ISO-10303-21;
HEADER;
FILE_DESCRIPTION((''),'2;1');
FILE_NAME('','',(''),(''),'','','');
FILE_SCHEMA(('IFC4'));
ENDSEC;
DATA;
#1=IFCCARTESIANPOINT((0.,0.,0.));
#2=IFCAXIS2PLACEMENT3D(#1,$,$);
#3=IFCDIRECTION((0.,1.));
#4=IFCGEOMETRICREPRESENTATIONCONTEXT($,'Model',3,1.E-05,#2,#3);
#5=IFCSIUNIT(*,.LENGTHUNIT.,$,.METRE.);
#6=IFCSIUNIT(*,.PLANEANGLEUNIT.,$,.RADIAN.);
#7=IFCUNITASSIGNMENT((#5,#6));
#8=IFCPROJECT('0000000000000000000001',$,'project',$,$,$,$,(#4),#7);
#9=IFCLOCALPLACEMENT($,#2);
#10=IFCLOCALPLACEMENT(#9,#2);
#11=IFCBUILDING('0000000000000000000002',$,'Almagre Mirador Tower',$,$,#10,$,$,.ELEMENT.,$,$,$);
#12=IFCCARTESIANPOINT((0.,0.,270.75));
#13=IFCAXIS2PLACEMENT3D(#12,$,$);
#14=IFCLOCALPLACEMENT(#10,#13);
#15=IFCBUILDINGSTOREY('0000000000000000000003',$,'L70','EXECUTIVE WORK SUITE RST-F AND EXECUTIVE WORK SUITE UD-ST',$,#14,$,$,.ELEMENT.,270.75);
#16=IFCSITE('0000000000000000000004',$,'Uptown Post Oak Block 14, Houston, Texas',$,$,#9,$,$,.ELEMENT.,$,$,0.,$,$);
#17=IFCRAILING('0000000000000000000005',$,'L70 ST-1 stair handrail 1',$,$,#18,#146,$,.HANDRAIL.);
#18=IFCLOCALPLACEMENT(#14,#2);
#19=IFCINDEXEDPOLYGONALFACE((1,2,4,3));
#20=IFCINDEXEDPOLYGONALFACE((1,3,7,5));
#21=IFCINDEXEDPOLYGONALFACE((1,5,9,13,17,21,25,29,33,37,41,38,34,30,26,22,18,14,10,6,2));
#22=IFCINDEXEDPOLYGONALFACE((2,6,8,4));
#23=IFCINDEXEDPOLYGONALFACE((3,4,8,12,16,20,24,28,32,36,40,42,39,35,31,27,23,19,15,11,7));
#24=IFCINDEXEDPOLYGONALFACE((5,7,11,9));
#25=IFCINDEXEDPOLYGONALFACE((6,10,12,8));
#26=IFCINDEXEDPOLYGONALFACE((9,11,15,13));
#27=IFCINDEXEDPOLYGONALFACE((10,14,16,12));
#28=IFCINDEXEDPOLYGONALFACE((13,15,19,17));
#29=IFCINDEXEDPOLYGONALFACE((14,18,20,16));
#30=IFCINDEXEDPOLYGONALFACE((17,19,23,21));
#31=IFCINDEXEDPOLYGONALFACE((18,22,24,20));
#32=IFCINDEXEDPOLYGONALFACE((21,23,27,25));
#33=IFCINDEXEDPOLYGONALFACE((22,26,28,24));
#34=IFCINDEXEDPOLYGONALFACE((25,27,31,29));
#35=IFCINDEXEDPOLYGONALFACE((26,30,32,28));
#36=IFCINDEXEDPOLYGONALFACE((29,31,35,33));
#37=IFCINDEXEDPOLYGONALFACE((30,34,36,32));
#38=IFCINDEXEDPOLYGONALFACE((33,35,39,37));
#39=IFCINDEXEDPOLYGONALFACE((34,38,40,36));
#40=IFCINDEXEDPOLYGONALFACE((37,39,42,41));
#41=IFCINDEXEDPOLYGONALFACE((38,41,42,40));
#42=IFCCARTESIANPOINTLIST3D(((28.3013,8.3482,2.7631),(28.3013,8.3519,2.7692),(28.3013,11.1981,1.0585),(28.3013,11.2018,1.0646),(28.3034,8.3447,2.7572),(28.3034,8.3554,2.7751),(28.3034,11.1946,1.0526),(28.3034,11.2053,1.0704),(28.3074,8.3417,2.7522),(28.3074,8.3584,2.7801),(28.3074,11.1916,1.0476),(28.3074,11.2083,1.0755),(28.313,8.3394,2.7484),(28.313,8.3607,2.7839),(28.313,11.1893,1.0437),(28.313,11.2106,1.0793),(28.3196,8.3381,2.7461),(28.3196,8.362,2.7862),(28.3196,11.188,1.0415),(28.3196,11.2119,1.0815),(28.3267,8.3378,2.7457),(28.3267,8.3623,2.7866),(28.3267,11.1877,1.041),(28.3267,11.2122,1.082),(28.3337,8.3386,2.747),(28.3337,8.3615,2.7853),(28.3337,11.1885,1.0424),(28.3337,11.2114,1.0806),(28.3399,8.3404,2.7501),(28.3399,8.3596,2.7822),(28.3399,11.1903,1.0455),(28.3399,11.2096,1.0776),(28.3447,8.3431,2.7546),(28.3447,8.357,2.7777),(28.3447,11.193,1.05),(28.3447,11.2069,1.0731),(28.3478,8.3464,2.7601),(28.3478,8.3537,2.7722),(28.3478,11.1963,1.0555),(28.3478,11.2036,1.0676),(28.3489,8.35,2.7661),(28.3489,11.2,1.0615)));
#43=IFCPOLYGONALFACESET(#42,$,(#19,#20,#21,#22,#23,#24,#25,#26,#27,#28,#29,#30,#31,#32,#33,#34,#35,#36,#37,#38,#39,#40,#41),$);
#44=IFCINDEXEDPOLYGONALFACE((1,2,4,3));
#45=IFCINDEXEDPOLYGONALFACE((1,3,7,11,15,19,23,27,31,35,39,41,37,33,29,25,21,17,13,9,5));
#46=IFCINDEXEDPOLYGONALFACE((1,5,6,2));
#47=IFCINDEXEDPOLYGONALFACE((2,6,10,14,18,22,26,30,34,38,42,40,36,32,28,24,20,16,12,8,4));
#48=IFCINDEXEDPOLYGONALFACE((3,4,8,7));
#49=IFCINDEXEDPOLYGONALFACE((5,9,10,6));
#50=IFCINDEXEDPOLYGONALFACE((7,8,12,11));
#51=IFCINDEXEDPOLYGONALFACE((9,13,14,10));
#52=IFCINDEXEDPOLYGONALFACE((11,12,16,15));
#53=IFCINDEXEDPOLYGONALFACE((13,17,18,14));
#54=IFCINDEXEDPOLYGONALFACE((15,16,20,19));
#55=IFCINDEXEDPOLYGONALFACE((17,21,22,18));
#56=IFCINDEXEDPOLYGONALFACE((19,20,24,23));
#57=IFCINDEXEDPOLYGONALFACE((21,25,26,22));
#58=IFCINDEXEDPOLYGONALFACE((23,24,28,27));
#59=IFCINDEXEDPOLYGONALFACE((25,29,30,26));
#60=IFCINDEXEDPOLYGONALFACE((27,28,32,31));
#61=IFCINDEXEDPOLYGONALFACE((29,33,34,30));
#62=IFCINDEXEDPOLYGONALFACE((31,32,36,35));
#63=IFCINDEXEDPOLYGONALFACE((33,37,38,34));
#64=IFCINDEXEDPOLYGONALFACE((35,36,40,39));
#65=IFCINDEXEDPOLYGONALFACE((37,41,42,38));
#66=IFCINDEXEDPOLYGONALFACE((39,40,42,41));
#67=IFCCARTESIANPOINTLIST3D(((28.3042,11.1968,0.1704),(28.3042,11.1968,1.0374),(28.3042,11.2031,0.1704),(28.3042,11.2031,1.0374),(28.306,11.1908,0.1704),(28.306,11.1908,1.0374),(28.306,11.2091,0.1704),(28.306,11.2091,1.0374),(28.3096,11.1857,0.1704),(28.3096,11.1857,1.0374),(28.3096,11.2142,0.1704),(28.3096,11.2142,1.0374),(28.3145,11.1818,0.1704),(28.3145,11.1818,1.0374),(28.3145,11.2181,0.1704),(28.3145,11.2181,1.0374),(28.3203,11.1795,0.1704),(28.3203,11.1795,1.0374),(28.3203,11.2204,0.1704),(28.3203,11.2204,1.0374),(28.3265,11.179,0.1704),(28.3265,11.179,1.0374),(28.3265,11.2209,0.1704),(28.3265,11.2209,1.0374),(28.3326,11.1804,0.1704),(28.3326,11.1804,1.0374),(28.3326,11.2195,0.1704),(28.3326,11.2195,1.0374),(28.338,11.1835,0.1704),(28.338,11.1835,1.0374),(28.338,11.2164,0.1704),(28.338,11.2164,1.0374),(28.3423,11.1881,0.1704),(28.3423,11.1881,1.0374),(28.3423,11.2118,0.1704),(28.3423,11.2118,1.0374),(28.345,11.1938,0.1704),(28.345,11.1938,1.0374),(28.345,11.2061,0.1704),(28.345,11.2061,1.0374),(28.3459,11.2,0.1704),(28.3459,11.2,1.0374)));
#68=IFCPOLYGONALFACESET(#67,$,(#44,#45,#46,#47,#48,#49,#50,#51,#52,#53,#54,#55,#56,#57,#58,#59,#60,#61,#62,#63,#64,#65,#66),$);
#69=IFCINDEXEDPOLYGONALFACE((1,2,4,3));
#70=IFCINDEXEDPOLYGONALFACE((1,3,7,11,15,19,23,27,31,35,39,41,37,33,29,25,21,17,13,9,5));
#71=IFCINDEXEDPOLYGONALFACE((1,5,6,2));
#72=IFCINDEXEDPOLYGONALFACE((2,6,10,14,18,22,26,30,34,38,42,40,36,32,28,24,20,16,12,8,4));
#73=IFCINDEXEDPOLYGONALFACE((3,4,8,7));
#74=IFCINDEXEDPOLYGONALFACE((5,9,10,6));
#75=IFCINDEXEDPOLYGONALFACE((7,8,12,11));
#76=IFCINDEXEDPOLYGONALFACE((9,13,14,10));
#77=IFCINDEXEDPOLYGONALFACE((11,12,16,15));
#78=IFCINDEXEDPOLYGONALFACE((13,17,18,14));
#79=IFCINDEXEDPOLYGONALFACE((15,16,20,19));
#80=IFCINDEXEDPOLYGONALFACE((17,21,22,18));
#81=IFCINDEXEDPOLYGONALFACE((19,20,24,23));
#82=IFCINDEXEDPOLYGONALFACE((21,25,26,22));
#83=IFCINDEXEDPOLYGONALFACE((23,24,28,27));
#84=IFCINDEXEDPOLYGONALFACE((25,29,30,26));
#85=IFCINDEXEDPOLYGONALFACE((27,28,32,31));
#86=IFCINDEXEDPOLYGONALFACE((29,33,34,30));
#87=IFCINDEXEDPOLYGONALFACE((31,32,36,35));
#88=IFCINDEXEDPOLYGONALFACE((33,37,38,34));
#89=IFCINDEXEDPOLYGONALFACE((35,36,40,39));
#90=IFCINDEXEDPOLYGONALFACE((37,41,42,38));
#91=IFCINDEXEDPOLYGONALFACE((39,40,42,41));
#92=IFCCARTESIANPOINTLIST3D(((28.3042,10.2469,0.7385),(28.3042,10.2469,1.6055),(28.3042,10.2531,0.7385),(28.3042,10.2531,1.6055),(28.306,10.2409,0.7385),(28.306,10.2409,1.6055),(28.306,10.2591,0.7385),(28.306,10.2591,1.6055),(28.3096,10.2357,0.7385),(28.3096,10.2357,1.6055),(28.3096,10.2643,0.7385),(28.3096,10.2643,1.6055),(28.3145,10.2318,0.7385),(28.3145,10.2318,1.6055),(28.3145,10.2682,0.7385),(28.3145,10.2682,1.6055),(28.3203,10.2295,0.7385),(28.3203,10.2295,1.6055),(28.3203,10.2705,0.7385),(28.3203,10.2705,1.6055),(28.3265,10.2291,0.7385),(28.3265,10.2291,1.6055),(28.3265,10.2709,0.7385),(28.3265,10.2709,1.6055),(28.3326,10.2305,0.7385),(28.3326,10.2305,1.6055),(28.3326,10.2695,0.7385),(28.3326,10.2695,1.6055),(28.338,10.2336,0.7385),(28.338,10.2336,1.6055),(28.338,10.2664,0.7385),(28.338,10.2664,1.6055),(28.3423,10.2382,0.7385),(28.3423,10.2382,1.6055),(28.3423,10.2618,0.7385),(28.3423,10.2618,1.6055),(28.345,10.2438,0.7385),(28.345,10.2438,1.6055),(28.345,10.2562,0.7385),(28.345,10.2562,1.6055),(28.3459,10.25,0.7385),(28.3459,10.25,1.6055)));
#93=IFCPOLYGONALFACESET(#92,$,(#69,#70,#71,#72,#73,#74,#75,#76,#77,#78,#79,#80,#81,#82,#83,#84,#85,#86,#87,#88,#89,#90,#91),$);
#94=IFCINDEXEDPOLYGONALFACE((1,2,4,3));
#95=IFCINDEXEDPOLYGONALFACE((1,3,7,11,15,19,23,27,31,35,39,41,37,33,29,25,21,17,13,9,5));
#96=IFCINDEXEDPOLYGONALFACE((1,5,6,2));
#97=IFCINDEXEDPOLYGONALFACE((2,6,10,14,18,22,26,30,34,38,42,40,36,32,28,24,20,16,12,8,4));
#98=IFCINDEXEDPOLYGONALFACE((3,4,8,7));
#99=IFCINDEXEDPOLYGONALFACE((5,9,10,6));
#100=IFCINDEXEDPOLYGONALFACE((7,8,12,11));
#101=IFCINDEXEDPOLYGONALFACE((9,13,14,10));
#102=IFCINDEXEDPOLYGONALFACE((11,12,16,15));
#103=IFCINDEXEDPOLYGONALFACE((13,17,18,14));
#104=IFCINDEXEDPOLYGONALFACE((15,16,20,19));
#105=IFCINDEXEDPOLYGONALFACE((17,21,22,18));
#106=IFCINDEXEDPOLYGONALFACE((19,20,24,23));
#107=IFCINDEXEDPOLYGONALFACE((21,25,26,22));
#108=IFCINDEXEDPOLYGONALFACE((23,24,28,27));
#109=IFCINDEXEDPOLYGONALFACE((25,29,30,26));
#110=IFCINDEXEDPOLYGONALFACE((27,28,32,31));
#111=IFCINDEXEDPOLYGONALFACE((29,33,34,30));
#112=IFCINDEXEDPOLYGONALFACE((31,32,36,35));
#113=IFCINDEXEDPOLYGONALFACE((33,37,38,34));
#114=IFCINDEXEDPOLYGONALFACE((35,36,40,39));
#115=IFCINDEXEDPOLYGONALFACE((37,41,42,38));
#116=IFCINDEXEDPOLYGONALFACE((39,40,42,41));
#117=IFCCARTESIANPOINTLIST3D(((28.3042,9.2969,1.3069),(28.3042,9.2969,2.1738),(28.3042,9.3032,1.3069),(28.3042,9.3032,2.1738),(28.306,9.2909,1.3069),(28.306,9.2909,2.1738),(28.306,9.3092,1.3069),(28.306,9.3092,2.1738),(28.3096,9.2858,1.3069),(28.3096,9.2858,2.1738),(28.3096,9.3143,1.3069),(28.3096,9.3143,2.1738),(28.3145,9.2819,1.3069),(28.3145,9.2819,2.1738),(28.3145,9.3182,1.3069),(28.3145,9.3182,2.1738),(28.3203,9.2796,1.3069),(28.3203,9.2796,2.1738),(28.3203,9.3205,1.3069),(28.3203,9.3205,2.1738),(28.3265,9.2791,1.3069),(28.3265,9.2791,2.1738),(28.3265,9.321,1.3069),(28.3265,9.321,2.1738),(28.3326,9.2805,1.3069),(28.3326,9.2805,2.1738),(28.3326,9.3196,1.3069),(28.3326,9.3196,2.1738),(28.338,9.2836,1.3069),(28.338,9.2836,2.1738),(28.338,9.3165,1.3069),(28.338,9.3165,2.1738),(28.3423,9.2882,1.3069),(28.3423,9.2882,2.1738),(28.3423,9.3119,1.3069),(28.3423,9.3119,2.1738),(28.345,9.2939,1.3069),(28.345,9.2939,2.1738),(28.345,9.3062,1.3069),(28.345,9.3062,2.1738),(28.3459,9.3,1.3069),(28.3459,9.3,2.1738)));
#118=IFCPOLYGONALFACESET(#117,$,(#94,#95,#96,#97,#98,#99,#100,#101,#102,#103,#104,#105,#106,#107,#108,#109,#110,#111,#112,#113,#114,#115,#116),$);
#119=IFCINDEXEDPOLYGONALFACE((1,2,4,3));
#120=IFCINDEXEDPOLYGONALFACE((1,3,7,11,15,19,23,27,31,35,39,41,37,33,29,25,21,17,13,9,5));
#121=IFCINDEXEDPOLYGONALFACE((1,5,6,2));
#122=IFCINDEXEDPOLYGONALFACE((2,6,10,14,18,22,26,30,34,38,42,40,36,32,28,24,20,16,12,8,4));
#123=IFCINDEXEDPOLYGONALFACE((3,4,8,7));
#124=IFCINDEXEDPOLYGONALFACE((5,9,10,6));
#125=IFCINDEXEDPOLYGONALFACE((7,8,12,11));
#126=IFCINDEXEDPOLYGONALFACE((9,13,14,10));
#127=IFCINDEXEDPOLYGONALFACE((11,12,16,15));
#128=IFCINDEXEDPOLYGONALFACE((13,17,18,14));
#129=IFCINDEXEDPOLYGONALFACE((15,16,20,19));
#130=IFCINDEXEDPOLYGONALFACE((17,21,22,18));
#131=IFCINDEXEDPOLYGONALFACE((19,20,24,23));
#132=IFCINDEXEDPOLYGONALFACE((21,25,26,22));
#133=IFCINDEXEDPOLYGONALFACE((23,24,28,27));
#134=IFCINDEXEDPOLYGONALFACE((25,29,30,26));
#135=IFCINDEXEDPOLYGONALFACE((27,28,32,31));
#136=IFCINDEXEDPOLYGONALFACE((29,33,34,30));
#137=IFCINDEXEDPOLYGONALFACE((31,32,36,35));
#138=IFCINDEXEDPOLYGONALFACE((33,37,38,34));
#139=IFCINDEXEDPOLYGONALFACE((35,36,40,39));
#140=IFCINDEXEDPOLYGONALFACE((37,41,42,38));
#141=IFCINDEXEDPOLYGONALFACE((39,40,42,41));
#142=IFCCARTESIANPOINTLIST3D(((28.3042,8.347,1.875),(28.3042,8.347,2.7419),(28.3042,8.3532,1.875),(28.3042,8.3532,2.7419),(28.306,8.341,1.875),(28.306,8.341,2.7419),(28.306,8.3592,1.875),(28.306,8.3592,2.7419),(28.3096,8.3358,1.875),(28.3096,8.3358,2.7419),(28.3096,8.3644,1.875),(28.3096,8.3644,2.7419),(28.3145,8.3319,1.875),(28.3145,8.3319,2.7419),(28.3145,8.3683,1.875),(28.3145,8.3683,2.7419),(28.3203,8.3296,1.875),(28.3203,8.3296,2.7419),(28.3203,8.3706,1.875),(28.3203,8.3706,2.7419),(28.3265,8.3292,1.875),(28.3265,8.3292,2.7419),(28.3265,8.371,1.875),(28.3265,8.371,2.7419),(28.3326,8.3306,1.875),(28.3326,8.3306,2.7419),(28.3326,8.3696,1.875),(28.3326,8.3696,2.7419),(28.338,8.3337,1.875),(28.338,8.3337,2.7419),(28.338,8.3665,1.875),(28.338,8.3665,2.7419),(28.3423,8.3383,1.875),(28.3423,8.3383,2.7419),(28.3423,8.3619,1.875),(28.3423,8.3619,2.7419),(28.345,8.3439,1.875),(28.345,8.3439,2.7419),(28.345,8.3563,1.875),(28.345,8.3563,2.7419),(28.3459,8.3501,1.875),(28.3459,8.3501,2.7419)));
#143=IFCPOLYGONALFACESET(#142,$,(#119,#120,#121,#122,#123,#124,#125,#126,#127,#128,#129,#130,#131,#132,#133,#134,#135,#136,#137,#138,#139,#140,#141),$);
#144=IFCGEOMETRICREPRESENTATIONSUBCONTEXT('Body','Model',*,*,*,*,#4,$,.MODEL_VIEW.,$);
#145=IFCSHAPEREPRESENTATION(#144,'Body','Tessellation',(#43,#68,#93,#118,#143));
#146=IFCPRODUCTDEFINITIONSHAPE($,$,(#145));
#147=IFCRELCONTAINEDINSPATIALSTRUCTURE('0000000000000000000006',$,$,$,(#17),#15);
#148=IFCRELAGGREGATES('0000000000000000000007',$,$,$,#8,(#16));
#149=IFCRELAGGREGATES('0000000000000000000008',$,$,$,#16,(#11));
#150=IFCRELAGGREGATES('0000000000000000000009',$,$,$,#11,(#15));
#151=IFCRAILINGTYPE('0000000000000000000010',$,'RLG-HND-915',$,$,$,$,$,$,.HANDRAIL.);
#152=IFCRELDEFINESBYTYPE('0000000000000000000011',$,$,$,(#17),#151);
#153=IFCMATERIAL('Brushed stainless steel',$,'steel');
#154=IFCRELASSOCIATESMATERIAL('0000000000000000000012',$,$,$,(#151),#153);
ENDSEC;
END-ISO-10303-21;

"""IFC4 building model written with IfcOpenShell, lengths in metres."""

from ifc_helpers import new_model, si_unit, direction, frame, origin, origin_2d, place, context, subcontext, project, spatial, circle, extrude, material, type_object, element, save


model = new_model("IFC4")

# Units and contexts
model_context = context("Model", 3, precision=1e-05, world=origin(), true_north=direction((0.0, 1.0)))
body_context = subcontext(model_context, "Body", "Model", "MODEL_VIEW")
ifc_project = project(units=[si_unit("LENGTHUNIT", "METRE"), si_unit("PLANEANGLEUNIT", "RADIAN")], contexts=[model_context])

# Site, building, storey
site_placement = place(None, origin())
site = spatial("IfcSite", under=ifc_project, at=site_placement, Name="Uptown Post Oak Block 14, Houston, Texas", CompositionType="ELEMENT", RefElevation=0.0)
building_placement = place(site_placement, origin())
building = spatial("IfcBuilding", under=site, at=building_placement, Name="Almagre Mirador Tower", CompositionType="ELEMENT")
storey_placement = place(building_placement, frame((0.0, 0.0, 270.75)))
storey = spatial("IfcBuildingStorey", under=building, at=storey_placement, Name="L70", Description="EXECUTIVE WORK SUITE RST-F AND EXECUTIVE WORK SUITE UD-ST", CompositionType="ELEMENT", Elevation=270.75)

# Railing
ifc_material_1 = material(Name="Brushed stainless steel", Category="steel")
railing_type_1 = type_object("IfcRailingType", Name="RLG-HND-915", PredefinedType="HANDRAIL", material=ifc_material_1)
railing_1_placement = place(storey_placement, frame((28.325, 11.2, 0.1704)))
element("IfcRailing", 1, at=railing_1_placement, inside=storey, type_object=railing_type_1, Name="L70 ST-1 stair handrail 1", PredefinedType="HANDRAIL", context=body_context, shape_type="SweptSolid", body=[
    extrude(circle(Radius=0.0239, at=origin_2d()), frame((0.0, 0.0, 0.8911), z_axis=(0.0, -0.858199, 0.513317), x_axis=(1.0, 0.0, 0.0)), (0.0, 0.0, 1.0), 3.3208),
    extrude(circle(Radius=0.021, at=origin_2d()), origin(), (0.0, 0.0, 1.0), 0.8669),
    extrude(circle(Radius=0.021, at=origin_2d()), frame((0.0, -0.95, 0.5681)), (0.0, 0.0, 1.0), 0.8669),
    extrude(circle(Radius=0.021, at=origin_2d()), frame((0.0, -1.8999, 1.1365)), (0.0, 0.0, 1.0), 0.8669),
    extrude(circle(Radius=0.021, at=origin_2d()), frame((0.0, -2.8499, 1.7046)), (0.0, 0.0, 1.0), 0.8669),
])

save(model, "model.ifc")
